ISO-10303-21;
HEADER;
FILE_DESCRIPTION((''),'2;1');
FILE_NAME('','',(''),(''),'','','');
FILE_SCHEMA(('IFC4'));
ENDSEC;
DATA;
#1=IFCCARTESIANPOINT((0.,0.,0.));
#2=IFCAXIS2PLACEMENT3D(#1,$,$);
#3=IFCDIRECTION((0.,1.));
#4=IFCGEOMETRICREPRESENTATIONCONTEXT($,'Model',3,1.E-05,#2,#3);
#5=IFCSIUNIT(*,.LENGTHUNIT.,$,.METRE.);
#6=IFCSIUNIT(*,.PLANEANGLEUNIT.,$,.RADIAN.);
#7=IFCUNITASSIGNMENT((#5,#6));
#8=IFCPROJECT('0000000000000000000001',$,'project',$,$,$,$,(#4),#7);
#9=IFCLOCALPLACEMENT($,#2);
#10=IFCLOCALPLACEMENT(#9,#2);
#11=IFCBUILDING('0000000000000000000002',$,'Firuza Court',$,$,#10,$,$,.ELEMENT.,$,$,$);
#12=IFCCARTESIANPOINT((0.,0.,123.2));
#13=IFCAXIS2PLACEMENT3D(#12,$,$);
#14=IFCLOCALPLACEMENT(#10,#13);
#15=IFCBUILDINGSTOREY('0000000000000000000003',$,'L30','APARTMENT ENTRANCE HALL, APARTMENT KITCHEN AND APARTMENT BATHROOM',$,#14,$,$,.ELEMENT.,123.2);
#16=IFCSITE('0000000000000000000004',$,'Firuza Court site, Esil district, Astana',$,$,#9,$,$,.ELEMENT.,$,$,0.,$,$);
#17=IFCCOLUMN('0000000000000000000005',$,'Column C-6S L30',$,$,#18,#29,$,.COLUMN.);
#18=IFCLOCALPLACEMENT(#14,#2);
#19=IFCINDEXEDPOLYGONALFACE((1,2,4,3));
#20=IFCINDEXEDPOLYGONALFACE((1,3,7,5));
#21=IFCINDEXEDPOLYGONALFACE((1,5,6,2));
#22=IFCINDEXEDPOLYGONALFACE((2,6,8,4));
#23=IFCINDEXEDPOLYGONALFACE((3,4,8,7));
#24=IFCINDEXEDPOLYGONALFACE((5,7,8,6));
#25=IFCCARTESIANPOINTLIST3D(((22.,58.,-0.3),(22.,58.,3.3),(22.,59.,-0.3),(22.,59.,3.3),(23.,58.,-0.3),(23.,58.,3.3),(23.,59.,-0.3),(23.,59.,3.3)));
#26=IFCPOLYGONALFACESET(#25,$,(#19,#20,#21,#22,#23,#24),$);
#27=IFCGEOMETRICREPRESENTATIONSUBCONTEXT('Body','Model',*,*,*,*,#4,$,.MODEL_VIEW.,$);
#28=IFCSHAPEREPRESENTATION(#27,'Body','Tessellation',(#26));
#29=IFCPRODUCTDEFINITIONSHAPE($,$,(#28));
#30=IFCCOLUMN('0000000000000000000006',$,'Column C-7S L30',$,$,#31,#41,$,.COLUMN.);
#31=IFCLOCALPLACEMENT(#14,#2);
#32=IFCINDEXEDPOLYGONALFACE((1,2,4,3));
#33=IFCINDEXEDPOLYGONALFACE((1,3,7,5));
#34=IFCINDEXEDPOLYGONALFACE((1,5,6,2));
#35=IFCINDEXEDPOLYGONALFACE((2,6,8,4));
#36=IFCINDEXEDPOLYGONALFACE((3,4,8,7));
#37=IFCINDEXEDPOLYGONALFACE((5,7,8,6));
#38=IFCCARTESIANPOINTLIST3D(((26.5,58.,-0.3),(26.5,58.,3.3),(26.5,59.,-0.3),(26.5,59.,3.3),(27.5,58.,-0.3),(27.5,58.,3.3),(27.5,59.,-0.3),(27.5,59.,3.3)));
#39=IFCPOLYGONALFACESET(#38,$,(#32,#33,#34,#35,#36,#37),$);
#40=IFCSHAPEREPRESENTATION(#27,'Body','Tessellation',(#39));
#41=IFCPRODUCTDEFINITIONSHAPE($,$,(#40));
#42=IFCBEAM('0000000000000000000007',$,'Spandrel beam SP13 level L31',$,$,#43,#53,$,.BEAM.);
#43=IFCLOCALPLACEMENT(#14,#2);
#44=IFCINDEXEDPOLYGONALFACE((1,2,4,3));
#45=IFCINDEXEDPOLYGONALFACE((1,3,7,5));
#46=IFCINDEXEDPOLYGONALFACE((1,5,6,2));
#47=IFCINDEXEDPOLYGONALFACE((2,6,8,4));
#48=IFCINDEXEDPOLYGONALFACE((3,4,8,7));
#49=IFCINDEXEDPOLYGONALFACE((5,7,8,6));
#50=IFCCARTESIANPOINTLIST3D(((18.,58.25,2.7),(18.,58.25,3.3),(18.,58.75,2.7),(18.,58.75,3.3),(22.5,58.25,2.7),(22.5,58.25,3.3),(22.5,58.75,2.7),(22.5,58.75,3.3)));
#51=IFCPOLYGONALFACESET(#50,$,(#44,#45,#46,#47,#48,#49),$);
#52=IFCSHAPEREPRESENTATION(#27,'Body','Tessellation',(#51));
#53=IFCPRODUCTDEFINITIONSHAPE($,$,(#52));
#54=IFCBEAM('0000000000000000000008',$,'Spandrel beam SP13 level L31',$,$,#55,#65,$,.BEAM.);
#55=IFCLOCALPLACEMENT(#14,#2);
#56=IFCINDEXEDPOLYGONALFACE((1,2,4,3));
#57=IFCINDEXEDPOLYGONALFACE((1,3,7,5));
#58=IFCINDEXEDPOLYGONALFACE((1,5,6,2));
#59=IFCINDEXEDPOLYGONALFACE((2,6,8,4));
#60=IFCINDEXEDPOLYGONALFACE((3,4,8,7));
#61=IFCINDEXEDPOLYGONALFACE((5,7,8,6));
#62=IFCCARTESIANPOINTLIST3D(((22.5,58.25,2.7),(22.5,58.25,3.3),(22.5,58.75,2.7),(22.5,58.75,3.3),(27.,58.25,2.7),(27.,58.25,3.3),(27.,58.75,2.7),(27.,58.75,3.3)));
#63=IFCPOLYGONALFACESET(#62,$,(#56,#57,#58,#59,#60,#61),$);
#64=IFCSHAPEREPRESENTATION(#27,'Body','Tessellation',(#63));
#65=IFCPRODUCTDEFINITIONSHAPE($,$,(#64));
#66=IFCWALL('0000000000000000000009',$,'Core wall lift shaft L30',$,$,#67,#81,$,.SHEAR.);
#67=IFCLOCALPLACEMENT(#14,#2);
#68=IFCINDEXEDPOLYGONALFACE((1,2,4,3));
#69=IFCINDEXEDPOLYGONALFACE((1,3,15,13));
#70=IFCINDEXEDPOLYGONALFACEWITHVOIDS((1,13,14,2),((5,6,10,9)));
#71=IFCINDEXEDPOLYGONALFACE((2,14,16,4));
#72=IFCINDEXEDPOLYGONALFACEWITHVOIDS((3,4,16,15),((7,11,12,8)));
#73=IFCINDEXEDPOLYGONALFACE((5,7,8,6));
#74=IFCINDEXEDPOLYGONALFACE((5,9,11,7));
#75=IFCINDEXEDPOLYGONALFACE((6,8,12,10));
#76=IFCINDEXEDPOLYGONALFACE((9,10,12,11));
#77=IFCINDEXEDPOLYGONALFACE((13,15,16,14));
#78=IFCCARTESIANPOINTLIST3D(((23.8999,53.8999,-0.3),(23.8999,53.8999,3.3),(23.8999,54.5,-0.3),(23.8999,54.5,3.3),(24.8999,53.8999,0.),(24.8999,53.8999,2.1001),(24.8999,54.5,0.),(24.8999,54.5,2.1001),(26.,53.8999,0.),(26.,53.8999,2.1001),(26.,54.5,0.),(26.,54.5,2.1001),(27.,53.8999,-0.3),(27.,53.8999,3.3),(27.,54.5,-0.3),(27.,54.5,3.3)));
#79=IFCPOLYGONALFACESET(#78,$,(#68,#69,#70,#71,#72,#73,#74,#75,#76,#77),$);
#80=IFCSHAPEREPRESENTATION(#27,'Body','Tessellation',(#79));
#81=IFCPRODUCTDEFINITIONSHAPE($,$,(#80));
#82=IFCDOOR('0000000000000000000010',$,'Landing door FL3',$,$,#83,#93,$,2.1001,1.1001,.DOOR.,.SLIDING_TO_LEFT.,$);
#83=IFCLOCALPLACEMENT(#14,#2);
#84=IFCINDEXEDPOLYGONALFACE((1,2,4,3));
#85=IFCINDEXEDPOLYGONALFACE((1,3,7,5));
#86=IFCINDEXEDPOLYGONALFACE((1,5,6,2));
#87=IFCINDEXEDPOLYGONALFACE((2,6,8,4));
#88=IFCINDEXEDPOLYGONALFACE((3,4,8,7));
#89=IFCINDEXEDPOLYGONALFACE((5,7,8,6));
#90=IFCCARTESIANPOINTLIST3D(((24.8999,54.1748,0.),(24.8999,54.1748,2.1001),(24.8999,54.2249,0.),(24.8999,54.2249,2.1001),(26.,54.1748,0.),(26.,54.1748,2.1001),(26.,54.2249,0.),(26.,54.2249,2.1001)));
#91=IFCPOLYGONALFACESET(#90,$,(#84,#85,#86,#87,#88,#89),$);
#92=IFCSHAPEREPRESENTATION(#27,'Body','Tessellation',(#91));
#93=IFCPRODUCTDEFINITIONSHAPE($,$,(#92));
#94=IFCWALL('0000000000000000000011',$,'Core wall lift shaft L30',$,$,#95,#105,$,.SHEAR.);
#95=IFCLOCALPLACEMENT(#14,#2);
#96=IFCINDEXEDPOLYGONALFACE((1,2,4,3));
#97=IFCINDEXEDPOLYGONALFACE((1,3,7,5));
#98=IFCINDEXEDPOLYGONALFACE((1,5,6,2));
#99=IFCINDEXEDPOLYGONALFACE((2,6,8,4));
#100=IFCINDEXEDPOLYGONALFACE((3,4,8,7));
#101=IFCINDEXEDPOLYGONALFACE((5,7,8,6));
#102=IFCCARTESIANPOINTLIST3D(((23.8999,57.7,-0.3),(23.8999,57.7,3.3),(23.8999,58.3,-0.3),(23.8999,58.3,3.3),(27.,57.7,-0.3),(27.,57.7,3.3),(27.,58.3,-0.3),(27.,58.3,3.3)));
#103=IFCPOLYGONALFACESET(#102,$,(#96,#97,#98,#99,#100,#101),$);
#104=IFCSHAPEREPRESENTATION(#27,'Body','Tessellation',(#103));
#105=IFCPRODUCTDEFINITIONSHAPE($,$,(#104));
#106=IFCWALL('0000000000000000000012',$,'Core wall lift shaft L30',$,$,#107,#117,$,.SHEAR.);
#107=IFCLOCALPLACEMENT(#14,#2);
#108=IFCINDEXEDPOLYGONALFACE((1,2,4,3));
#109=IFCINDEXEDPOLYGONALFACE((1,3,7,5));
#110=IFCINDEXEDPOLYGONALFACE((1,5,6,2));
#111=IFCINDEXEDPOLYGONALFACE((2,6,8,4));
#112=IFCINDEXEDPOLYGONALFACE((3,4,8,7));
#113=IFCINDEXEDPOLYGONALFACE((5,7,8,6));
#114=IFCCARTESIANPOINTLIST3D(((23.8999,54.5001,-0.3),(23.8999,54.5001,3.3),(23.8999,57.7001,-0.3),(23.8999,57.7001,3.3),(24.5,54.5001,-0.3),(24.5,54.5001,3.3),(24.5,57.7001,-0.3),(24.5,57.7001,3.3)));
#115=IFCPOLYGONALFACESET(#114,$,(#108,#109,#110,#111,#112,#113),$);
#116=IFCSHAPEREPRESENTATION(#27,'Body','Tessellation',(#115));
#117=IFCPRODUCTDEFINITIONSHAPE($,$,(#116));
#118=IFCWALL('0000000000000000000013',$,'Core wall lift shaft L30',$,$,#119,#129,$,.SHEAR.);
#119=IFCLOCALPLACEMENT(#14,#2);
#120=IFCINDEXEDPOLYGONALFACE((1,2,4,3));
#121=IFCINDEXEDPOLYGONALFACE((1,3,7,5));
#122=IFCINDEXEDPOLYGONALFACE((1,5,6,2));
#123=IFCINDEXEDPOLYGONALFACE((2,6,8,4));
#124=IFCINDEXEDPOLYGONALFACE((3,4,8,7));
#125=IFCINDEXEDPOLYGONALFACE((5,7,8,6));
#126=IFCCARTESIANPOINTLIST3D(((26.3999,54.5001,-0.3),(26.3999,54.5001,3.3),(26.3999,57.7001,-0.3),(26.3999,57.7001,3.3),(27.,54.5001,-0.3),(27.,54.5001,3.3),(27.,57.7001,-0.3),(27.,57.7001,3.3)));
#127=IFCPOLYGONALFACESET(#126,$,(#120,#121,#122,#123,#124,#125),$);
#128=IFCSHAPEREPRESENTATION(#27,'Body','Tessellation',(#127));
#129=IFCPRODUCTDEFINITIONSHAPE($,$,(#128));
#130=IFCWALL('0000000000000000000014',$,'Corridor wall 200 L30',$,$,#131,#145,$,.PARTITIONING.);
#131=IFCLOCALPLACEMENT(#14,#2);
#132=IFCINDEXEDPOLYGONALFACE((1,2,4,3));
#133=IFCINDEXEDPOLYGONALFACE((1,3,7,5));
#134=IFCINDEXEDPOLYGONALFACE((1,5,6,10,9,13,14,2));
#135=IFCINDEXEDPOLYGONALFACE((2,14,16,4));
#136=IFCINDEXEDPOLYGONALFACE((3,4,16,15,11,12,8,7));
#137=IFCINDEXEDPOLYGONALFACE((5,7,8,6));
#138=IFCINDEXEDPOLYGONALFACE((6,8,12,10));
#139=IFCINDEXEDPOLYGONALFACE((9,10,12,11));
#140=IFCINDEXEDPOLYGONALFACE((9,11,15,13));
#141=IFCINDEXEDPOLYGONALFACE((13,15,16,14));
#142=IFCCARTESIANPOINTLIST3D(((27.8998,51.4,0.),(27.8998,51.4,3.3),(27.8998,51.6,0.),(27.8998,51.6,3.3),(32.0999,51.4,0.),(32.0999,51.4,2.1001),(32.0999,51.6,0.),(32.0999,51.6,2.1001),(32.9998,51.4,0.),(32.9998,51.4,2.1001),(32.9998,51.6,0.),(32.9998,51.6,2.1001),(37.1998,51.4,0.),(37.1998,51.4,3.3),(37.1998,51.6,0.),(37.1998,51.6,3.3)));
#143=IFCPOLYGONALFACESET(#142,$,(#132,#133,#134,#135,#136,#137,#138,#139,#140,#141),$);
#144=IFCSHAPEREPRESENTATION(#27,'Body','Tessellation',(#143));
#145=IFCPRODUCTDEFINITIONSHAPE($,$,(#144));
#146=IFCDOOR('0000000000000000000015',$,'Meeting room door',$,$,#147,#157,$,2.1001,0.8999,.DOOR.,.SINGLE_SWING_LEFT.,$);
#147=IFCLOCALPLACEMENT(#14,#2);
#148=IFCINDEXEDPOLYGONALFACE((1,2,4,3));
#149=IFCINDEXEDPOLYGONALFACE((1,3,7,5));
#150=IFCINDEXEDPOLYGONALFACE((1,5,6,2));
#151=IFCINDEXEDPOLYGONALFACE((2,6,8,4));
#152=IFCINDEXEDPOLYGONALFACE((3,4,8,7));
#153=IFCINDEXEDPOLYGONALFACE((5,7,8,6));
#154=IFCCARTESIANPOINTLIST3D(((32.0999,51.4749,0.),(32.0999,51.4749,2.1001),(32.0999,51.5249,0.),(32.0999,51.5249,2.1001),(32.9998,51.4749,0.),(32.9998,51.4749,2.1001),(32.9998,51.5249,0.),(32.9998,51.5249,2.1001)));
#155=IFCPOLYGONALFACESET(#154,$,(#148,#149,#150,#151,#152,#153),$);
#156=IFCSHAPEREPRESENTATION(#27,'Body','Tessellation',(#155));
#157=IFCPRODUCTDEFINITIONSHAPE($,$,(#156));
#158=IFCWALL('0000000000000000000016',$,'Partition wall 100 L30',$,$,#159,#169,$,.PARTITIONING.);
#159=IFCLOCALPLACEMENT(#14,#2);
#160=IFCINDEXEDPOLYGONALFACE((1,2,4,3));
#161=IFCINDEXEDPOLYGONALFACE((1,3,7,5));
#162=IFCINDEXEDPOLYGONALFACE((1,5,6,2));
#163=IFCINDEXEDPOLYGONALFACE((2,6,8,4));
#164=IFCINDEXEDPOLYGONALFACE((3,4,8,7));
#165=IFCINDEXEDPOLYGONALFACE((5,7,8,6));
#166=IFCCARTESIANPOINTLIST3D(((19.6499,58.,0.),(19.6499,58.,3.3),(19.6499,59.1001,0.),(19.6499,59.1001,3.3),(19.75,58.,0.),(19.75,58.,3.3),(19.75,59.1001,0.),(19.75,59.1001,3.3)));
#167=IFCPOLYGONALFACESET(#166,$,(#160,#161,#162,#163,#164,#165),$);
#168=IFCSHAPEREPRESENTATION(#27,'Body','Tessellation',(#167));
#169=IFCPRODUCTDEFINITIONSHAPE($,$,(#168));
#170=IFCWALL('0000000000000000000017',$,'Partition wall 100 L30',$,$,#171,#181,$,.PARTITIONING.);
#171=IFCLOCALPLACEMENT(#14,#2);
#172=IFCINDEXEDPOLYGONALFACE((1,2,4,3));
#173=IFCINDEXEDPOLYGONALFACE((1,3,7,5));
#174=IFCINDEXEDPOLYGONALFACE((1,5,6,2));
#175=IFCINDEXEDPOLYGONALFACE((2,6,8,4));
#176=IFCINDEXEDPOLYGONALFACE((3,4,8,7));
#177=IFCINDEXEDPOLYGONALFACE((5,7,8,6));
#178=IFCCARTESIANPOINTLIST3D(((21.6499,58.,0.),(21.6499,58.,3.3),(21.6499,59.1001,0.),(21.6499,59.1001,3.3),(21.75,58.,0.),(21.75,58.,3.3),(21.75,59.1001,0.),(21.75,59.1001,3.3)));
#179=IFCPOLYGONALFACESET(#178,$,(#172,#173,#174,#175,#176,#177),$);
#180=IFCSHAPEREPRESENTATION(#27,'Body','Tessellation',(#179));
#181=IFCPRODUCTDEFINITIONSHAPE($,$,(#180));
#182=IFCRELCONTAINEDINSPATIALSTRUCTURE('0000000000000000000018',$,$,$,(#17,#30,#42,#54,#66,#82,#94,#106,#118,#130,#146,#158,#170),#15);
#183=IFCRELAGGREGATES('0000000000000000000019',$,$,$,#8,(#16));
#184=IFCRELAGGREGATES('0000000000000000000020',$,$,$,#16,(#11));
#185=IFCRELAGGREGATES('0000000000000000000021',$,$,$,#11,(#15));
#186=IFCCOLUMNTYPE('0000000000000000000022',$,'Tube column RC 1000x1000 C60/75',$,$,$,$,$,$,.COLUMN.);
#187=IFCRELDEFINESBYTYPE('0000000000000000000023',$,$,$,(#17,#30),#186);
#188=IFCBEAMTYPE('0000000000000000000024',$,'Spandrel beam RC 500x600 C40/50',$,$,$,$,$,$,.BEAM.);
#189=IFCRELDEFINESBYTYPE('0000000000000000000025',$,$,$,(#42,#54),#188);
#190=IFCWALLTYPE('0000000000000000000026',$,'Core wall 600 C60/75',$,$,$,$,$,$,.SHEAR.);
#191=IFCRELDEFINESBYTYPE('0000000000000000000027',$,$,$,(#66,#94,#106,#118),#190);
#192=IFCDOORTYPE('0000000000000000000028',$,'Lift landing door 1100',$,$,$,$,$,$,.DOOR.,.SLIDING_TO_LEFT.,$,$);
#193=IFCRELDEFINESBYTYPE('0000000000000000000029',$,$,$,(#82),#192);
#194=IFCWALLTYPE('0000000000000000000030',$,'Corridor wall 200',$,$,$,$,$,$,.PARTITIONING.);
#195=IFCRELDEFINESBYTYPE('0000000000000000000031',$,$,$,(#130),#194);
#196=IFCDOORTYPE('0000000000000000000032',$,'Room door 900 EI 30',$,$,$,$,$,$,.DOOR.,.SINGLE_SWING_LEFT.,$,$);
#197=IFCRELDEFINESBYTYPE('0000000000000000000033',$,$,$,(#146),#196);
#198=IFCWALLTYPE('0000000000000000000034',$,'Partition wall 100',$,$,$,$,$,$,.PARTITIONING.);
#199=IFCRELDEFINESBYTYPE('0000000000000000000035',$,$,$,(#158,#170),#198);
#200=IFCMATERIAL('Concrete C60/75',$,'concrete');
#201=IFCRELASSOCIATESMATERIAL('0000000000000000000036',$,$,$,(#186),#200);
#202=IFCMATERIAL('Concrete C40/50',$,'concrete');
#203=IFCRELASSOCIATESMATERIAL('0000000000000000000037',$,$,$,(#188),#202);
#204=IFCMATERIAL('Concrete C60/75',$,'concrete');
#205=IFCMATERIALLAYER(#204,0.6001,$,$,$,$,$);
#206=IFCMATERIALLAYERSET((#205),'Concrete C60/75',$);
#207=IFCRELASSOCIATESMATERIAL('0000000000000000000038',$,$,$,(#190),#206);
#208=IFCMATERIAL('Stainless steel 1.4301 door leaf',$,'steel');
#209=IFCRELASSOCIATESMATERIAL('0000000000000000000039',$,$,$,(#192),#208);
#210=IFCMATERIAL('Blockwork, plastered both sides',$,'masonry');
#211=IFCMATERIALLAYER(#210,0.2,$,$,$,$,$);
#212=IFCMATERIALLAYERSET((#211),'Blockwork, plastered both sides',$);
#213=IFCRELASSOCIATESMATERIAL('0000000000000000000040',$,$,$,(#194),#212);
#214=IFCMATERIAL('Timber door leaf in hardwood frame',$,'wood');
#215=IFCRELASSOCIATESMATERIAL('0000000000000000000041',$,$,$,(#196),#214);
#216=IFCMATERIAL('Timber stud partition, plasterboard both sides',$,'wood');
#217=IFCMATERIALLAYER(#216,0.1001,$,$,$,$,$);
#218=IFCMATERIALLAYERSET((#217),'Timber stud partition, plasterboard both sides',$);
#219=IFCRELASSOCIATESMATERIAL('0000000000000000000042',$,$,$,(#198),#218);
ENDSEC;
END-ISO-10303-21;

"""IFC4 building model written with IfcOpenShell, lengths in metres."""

from ifc_helpers import new_model, si_unit, direction, frame, frame_2d, origin, origin_2d, place, context, subcontext, project, spatial, rectangle, extrude, material, layer, layer_set, material_profile, profile_set, type_object, element, fill, save


model = new_model("IFC4")

# Units and contexts
model_context = context("Model", 3, precision=1e-05, world=origin(), true_north=direction((0.0, 1.0)))
body_context = subcontext(model_context, "Body", "Model", "MODEL_VIEW")
ifc_project = project(units=[si_unit("LENGTHUNIT", "METRE"), si_unit("PLANEANGLEUNIT", "RADIAN")], contexts=[model_context])

# Site, building, storey
site_placement = place(None, origin())
site = spatial("IfcSite", under=ifc_project, at=site_placement, Name="Firuza Court site, Esil district, Astana", CompositionType="ELEMENT", RefElevation=0.0)
building_placement = place(site_placement, origin())
building = spatial("IfcBuilding", under=site, at=building_placement, Name="Firuza Court", CompositionType="ELEMENT")
storey_placement = place(building_placement, frame((0.0, 0.0, 123.2)))
storey = spatial("IfcBuildingStorey", under=building, at=storey_placement, Name="L30", Description="APARTMENT ENTRANCE HALL, APARTMENT KITCHEN AND APARTMENT BATHROOM", CompositionType="ELEMENT", Elevation=123.2)

# Columns
ifc_material_1 = material(Name="Concrete C60/75", Category="concrete")
ifc_material_profile_1 = material_profile(ifc_material_1, rectangle(XDim=1.0, YDim=1.0, at=origin_2d()), Name="RC 1000x1000")
ifc_profile_set_1 = profile_set([ifc_material_profile_1], Name="Concrete C60/75")
column_type = type_object("IfcColumnType", Name="Tube column RC 1000x1000 C60/75", PredefinedType="COLUMN", material=ifc_profile_set_1)
for number, where, z_axis, x_axis, name in (
    (1, (22.5, 58.5, -0.3), (0.0, 0.0, 1.0), (1.0, 0.0, 0.0), "Column C-6S L30"),
    (2, (27.0, 58.5, -0.3), (0.0, 0.0, 1.0), (1.0, 0.0, 0.0), "Column C-7S L30"),
):
    element("IfcColumn", number, at=place(storey_placement, frame(where, z_axis=z_axis, x_axis=x_axis)), inside=storey, type_object=column_type, Name=name, PredefinedType="COLUMN", context=body_context, shape_type="SweptSolid", body=[
        extrude(rectangle(XDim=1.0, YDim=1.0, at=origin_2d()), origin(), (0.0, 0.0, 1.0), 3.6001),
    ])

# Beams
ifc_material_2 = material(Name="Concrete C40/50", Category="concrete")
ifc_material_profile_2 = material_profile(ifc_material_2, rectangle(XDim=0.5, YDim=0.6001, at=origin_2d()), Name="RC 500x600")
ifc_profile_set_2 = profile_set([ifc_material_profile_2], Name="Concrete C40/50")
beam_type = type_object("IfcBeamType", Name="Spandrel beam RC 500x600 C40/50", PredefinedType="BEAM", material=ifc_profile_set_2)
for number, where, z_axis, x_axis, name in (
    (3, (22.5, 58.5, 3.0), (-1.0, 0.0, 0.0), (0.0, -1.0, 0.0), "Spandrel beam SP13 level L31"),
    (4, (27.0, 58.5, 3.0), (-1.0, 0.0, 0.0), (0.0, -1.0, 0.0), "Spandrel beam SP13 level L31"),
):
    element("IfcBeam", number, at=place(storey_placement, frame(where, z_axis=z_axis, x_axis=x_axis)), inside=storey, type_object=beam_type, Name=name, PredefinedType="BEAM", context=body_context, shape_type="SweptSolid", body=[
        extrude(rectangle(XDim=0.5, YDim=0.6001, at=origin_2d()), origin(), (0.0, 0.0, 1.0), 4.5),
    ])

# Wall, opening, door
ifc_material_3 = material(Name="Concrete C60/75", Category="concrete")
ifc_layer_1 = layer(ifc_material_3, 0.6001)
ifc_layer_set_1 = layer_set([ifc_layer_1], Name="Concrete C60/75")
wall_type_1 = type_object("IfcWallType", Name="Core wall 600 C60/75", PredefinedType="SHEAR", material=ifc_layer_set_1)
wall_1_placement = place(storey_placement, frame((23.8999, 54.2, -0.3), z_axis=(0.0, 0.0, 1.0), x_axis=(1.0, 0.0, 0.0)))
wall_1 = element("IfcWall", 5, at=wall_1_placement, inside=storey, type_object=wall_type_1, Name="Core wall lift shaft L30", PredefinedType="SHEAR", context=body_context, shape_type="SweptSolid", body=[
    extrude(rectangle(XDim=3.1001, YDim=0.6001, at=frame_2d((1.55, 0.0))), origin(), (0.0, 0.0, 1.0), 3.6001),
])
opening_1_placement = place(wall_1_placement, frame((1.0, 0.0, 0.3)))
opening_1 = element("IfcOpeningElement", 6, at=opening_1_placement, cuts=wall_1, PredefinedType="OPENING", context=body_context, shape_type="SweptSolid", body=[
    extrude(rectangle(XDim=1.1001, YDim=2.1001, at=frame_2d((0.55, 1.05))), frame((0.0, 0.312, 0.0), z_axis=(0.0, -1.0, 0.0), x_axis=(1.0, 0.0, 0.0)), (0.0, 0.0, 1.0), 0.624),
])
ifc_material_4 = material(Name="Stainless steel 1.4301 door leaf", Category="steel")
door_type_1 = type_object("IfcDoorType", Name="Lift landing door 1100", OperationType="SLIDING_TO_LEFT", PredefinedType="DOOR", material=ifc_material_4)
door_1_placement = place(opening_1_placement, origin())
door_1 = element("IfcDoor", 7, at=door_1_placement, inside=storey, type_object=door_type_1, Name="Landing door FL3", OperationType="SLIDING_TO_LEFT", OverallHeight=2.1001, OverallWidth=1.1001, PredefinedType="DOOR", context=body_context, shape_type="SweptSolid", body=[
    extrude(rectangle(XDim=1.1001, YDim=2.1001, at=frame_2d((0.55, 1.05))), frame((0.0, 0.0249, 0.0), z_axis=(0.0, -1.0, 0.0), x_axis=(1.0, 0.0, 0.0)), (0.0, 0.0, 1.0), 0.05),
])
fill(opening_1, door_1)

# Walls
wall_2_placement = place(storey_placement, frame((23.8999, 58.0, -0.3), z_axis=(0.0, 0.0, 1.0), x_axis=(1.0, 0.0, 0.0)))
element("IfcWall", 8, at=wall_2_placement, inside=storey, type_object=wall_type_1, Name="Core wall lift shaft L30", PredefinedType="SHEAR", context=body_context, shape_type="SweptSolid", body=[
    extrude(rectangle(XDim=3.1001, YDim=0.6001, at=frame_2d((1.55, 0.0))), origin(), (0.0, 0.0, 1.0), 3.6001),
])
for number, where, z_axis, x_axis, name in (
    (9, (24.2, 54.5, -0.3), (0.0, 0.0, 1.0), (0.0, 1.0, 0.0), "Core wall lift shaft L30"),
    (10, (26.7, 54.5, -0.3), (0.0, 0.0, 1.0), (0.0, 1.0, 0.0), "Core wall lift shaft L30"),
):
    element("IfcWall", number, at=place(storey_placement, frame(where, z_axis=z_axis, x_axis=x_axis)), inside=storey, type_object=wall_type_1, Name=name, PredefinedType="SHEAR", context=body_context, shape_type="SweptSolid", body=[
        extrude(rectangle(XDim=3.2, YDim=0.6001, at=frame_2d((1.6001, 0.0))), origin(), (0.0, 0.0, 1.0), 3.6001),
    ])

# Wall, opening, door
ifc_material_5 = material(Name="Blockwork, plastered both sides", Category="masonry")
ifc_layer_2 = layer(ifc_material_5, 0.2)
ifc_layer_set_2 = layer_set([ifc_layer_2], Name="Blockwork, plastered both sides")
wall_type_2 = type_object("IfcWallType", Name="Corridor wall 200", PredefinedType="PARTITIONING", material=ifc_layer_set_2)
wall_3_placement = place(storey_placement, frame((27.8999, 51.5, 0.0), z_axis=(0.0, 0.0, 1.0), x_axis=(1.0, 0.0, 0.0)))
wall_3 = element("IfcWall", 11, at=wall_3_placement, inside=storey, type_object=wall_type_2, Name="Corridor wall 200 L30", PredefinedType="PARTITIONING", context=body_context, shape_type="SweptSolid", body=[
    extrude(rectangle(XDim=9.3, YDim=0.2, at=frame_2d((4.6499, 0.0))), origin(), (0.0, 0.0, 1.0), 3.3),
])
opening_2_placement = place(wall_3_placement, frame((4.2, 0.0, 0.0)))
opening_2 = element("IfcOpeningElement", 12, at=opening_2_placement, cuts=wall_3, PredefinedType="OPENING", context=body_context, shape_type="SweptSolid", body=[
    extrude(rectangle(XDim=0.8999, YDim=2.1001, at=frame_2d((0.45, 1.05))), frame((0.0, 0.1118, 0.0), z_axis=(0.0, -1.0, 0.0), x_axis=(1.0, 0.0, 0.0)), (0.0, 0.0, 1.0), 0.2239),
])
ifc_material_6 = material(Name="Timber door leaf in hardwood frame", Category="wood")
door_type_2 = type_object("IfcDoorType", Name="Room door 900 EI 30", OperationType="SINGLE_SWING_LEFT", PredefinedType="DOOR", material=ifc_material_6)
door_2_placement = place(opening_2_placement, origin())
door_2 = element("IfcDoor", 13, at=door_2_placement, inside=storey, type_object=door_type_2, Name="Meeting room door", OperationType="SINGLE_SWING_LEFT", OverallHeight=2.1001, OverallWidth=0.8999, PredefinedType="DOOR", context=body_context, shape_type="SweptSolid", body=[
    extrude(rectangle(XDim=0.8999, YDim=2.1001, at=frame_2d((0.45, 1.05))), frame((0.0, 0.0249, 0.0), z_axis=(0.0, -1.0, 0.0), x_axis=(1.0, 0.0, 0.0)), (0.0, 0.0, 1.0), 0.05),
])
fill(opening_2, door_2)

# Walls
ifc_material_7 = material(Name="Timber stud partition, plasterboard both sides", Category="wood")
ifc_layer_3 = layer(ifc_material_7, 0.1001)
ifc_layer_set_3 = layer_set([ifc_layer_3], Name="Timber stud partition, plasterboard both sides")
wall_type_3 = type_object("IfcWallType", Name="Partition wall 100", PredefinedType="PARTITIONING", material=ifc_layer_set_3)
for number, where, z_axis, x_axis, name in (
    (14, (19.7, 58.0, 0.0), (0.0, 0.0, 1.0), (0.0, 1.0, 0.0), "Partition wall 100 L30"),
    (15, (21.7, 58.0, 0.0), (0.0, 0.0, 1.0), (0.0, 1.0, 0.0), "Partition wall 100 L30"),
):
    element("IfcWall", number, at=place(storey_placement, frame(where, z_axis=z_axis, x_axis=x_axis)), inside=storey, type_object=wall_type_3, Name=name, PredefinedType="PARTITIONING", context=body_context, shape_type="SweptSolid", body=[
        extrude(rectangle(XDim=1.1001, YDim=0.1001, at=frame_2d((0.55, 0.0))), origin(), (0.0, 0.0, 1.0), 3.3),
    ])

save(model, "model.ifc")
